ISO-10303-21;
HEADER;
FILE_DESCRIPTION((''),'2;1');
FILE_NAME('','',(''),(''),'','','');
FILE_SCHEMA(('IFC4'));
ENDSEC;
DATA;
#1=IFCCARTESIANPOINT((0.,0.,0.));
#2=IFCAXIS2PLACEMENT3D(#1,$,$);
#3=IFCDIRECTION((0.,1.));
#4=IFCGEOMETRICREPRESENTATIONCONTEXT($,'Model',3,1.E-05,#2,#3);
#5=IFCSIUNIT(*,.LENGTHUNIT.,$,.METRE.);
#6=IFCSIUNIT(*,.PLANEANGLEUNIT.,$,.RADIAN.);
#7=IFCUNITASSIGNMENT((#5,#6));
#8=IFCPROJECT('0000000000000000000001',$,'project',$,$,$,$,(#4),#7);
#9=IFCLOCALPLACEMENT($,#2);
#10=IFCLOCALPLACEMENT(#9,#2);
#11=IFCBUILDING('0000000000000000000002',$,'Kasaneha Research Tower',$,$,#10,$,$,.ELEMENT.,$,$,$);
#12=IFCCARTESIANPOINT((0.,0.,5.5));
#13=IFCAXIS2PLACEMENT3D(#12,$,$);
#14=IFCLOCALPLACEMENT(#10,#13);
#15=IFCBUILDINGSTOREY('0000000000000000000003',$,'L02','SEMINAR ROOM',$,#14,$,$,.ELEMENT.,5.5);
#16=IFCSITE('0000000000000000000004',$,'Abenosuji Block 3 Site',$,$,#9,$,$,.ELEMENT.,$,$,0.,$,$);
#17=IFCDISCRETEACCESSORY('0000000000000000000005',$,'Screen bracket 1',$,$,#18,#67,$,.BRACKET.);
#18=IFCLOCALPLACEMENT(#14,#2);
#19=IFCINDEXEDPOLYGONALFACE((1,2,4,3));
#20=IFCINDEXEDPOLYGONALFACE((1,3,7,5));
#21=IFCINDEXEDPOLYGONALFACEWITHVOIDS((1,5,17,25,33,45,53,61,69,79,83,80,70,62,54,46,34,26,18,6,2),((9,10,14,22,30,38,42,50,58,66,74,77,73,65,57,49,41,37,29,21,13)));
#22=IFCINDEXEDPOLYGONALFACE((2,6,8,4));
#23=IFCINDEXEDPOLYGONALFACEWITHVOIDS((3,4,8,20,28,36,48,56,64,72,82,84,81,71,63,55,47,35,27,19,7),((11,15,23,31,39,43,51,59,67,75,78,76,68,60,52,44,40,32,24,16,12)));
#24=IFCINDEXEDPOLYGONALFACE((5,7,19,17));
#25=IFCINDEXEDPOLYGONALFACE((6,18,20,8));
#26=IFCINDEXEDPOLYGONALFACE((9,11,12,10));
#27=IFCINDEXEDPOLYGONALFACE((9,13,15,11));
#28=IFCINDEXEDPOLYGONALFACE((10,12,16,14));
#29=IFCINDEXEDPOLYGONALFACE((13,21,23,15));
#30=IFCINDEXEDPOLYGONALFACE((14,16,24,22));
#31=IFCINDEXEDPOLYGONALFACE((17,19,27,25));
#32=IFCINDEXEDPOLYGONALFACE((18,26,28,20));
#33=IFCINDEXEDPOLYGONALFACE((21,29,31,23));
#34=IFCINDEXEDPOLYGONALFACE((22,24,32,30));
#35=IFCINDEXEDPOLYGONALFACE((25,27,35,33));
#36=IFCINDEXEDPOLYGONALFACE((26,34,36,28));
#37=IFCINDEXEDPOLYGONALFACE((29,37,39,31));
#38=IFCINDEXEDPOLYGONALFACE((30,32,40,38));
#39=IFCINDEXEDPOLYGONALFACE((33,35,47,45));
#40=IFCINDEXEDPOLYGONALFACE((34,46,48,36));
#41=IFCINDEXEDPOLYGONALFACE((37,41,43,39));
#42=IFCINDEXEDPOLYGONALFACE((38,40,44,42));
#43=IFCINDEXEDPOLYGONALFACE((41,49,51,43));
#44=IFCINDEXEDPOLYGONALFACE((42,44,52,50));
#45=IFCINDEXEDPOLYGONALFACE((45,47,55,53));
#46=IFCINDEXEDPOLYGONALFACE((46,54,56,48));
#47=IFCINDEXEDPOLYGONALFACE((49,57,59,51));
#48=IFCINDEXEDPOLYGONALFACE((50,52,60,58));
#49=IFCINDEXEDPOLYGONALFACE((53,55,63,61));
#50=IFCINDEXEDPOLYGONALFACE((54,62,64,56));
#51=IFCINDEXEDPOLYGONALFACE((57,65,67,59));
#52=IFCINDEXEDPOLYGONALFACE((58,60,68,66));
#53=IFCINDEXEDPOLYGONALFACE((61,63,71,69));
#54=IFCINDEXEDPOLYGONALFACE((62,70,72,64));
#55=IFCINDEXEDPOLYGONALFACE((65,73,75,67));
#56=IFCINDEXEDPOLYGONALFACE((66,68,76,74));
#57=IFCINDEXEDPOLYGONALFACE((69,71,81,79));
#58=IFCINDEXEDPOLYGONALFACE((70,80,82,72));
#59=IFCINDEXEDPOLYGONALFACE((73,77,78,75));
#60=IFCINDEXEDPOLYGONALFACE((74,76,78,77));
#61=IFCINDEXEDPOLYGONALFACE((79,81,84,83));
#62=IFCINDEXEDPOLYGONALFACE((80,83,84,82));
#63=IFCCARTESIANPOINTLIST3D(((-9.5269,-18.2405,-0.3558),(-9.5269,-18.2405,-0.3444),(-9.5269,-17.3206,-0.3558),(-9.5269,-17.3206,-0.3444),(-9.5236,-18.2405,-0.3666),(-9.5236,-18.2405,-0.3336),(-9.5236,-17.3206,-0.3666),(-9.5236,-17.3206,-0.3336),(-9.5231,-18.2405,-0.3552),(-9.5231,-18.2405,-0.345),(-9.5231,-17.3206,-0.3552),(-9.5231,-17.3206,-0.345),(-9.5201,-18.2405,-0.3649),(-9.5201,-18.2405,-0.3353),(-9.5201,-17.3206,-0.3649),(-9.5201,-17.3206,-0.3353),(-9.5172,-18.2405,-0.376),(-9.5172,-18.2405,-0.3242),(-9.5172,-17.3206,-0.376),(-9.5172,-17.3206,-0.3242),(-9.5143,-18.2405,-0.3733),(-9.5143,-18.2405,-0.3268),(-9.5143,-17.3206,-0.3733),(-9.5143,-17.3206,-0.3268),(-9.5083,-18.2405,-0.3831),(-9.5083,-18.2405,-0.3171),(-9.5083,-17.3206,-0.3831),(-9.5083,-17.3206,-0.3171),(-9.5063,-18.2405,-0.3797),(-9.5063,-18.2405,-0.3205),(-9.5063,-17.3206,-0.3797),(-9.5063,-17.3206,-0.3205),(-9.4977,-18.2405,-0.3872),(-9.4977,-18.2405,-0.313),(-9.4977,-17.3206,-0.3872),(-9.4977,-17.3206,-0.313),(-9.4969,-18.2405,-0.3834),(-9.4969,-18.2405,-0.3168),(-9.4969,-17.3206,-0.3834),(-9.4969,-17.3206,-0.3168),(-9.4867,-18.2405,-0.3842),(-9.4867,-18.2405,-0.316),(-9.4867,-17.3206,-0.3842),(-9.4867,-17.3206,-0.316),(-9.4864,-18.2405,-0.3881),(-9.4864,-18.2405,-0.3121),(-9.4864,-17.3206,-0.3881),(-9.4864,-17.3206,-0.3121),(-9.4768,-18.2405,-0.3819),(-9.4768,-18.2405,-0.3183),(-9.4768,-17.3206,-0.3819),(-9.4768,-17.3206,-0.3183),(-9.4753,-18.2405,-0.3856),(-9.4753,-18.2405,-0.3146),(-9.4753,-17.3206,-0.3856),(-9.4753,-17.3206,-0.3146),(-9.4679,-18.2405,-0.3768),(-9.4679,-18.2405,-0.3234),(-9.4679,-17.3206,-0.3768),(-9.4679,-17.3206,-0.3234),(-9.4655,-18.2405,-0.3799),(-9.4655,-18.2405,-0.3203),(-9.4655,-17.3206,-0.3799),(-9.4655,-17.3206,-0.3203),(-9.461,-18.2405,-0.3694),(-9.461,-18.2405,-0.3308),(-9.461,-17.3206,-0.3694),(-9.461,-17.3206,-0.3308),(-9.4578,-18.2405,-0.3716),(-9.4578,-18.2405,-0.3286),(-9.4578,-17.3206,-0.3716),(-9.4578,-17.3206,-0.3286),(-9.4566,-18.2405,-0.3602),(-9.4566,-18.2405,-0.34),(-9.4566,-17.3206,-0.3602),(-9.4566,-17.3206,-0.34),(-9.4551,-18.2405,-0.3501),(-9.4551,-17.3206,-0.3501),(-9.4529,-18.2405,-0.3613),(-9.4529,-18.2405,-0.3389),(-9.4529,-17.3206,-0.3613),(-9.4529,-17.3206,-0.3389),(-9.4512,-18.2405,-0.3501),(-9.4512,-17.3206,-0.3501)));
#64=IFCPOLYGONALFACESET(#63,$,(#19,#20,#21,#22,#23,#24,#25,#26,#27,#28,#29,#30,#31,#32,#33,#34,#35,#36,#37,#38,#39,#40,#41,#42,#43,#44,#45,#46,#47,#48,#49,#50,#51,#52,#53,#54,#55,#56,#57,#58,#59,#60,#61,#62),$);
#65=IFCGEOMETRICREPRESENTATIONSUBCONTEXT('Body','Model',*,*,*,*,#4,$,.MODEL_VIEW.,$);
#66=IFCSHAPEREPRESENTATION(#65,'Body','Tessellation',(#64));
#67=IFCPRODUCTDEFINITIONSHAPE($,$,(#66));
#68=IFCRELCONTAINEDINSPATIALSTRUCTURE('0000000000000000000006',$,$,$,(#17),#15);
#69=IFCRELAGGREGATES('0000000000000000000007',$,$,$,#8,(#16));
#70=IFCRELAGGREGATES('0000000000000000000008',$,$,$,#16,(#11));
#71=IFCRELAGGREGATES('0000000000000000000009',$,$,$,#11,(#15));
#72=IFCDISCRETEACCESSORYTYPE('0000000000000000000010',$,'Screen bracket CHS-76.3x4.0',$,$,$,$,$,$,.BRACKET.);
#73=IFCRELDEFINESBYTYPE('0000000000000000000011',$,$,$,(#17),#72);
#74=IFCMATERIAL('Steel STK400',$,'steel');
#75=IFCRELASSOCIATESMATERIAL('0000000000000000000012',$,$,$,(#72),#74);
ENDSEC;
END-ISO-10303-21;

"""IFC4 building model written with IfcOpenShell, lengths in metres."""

from ifc_helpers import new_model, si_unit, direction, frame, origin, origin_2d, place, context, subcontext, project, spatial, hollow_circle, extrude, material, material_profile, profile_set, type_object, element, save


model = new_model("IFC4")

# Units and contexts
model_context = context("Model", 3, precision=1e-05, world=origin(), true_north=direction((0.0, 1.0)))
body_context = subcontext(model_context, "Body", "Model", "MODEL_VIEW")
ifc_project = project(units=[si_unit("LENGTHUNIT", "METRE"), si_unit("PLANEANGLEUNIT", "RADIAN")], contexts=[model_context])

# Site, building, storey
site_placement = place(None, origin())
site = spatial("IfcSite", under=ifc_project, at=site_placement, Name="Abenosuji Block 3 Site", CompositionType="ELEMENT", RefElevation=0.0)
building_placement = place(site_placement, origin())
building = spatial("IfcBuilding", under=site, at=building_placement, Name="Kasaneha Research Tower", CompositionType="ELEMENT")
storey_placement = place(building_placement, frame((0.0, 0.0, 5.5)))
storey = spatial("IfcBuildingStorey", under=building, at=storey_placement, Name="L02", Description="SEMINAR ROOM", CompositionType="ELEMENT", Elevation=5.5)

# Discrete accessory
ifc_material_1 = material(Name="Steel STK400", Category="steel")
ifc_material_profile_1 = material_profile(ifc_material_1, hollow_circle(Radius=0.0381, WallThickness=0.0039, at=origin_2d()), Name="CHS-76.3x4.0")
ifc_profile_set_1 = profile_set([ifc_material_profile_1], Name="Steel STK400")
discrete_accessory_type = type_object("IfcDiscreteAccessoryType", Name="Screen bracket CHS-76.3x4.0", PredefinedType="BRACKET", material=ifc_profile_set_1)
discrete_accessory_placement = place(storey_placement, frame((-9.4893, -17.3206, -0.3501), z_axis=(0.0, -1.0, 0.0), x_axis=(1.0, 0.0, 0.0)))
element("IfcDiscreteAccessory", 1, at=discrete_accessory_placement, inside=storey, type_object=discrete_accessory_type, Name="Screen bracket 1", PredefinedType="BRACKET", context=body_context, shape_type="SweptSolid", body=[
    extrude(hollow_circle(Radius=0.0381, WallThickness=0.0039, at=origin_2d()), origin(), (0.0, 0.0, 1.0), 0.9199),
])

save(model, "model.ifc")
